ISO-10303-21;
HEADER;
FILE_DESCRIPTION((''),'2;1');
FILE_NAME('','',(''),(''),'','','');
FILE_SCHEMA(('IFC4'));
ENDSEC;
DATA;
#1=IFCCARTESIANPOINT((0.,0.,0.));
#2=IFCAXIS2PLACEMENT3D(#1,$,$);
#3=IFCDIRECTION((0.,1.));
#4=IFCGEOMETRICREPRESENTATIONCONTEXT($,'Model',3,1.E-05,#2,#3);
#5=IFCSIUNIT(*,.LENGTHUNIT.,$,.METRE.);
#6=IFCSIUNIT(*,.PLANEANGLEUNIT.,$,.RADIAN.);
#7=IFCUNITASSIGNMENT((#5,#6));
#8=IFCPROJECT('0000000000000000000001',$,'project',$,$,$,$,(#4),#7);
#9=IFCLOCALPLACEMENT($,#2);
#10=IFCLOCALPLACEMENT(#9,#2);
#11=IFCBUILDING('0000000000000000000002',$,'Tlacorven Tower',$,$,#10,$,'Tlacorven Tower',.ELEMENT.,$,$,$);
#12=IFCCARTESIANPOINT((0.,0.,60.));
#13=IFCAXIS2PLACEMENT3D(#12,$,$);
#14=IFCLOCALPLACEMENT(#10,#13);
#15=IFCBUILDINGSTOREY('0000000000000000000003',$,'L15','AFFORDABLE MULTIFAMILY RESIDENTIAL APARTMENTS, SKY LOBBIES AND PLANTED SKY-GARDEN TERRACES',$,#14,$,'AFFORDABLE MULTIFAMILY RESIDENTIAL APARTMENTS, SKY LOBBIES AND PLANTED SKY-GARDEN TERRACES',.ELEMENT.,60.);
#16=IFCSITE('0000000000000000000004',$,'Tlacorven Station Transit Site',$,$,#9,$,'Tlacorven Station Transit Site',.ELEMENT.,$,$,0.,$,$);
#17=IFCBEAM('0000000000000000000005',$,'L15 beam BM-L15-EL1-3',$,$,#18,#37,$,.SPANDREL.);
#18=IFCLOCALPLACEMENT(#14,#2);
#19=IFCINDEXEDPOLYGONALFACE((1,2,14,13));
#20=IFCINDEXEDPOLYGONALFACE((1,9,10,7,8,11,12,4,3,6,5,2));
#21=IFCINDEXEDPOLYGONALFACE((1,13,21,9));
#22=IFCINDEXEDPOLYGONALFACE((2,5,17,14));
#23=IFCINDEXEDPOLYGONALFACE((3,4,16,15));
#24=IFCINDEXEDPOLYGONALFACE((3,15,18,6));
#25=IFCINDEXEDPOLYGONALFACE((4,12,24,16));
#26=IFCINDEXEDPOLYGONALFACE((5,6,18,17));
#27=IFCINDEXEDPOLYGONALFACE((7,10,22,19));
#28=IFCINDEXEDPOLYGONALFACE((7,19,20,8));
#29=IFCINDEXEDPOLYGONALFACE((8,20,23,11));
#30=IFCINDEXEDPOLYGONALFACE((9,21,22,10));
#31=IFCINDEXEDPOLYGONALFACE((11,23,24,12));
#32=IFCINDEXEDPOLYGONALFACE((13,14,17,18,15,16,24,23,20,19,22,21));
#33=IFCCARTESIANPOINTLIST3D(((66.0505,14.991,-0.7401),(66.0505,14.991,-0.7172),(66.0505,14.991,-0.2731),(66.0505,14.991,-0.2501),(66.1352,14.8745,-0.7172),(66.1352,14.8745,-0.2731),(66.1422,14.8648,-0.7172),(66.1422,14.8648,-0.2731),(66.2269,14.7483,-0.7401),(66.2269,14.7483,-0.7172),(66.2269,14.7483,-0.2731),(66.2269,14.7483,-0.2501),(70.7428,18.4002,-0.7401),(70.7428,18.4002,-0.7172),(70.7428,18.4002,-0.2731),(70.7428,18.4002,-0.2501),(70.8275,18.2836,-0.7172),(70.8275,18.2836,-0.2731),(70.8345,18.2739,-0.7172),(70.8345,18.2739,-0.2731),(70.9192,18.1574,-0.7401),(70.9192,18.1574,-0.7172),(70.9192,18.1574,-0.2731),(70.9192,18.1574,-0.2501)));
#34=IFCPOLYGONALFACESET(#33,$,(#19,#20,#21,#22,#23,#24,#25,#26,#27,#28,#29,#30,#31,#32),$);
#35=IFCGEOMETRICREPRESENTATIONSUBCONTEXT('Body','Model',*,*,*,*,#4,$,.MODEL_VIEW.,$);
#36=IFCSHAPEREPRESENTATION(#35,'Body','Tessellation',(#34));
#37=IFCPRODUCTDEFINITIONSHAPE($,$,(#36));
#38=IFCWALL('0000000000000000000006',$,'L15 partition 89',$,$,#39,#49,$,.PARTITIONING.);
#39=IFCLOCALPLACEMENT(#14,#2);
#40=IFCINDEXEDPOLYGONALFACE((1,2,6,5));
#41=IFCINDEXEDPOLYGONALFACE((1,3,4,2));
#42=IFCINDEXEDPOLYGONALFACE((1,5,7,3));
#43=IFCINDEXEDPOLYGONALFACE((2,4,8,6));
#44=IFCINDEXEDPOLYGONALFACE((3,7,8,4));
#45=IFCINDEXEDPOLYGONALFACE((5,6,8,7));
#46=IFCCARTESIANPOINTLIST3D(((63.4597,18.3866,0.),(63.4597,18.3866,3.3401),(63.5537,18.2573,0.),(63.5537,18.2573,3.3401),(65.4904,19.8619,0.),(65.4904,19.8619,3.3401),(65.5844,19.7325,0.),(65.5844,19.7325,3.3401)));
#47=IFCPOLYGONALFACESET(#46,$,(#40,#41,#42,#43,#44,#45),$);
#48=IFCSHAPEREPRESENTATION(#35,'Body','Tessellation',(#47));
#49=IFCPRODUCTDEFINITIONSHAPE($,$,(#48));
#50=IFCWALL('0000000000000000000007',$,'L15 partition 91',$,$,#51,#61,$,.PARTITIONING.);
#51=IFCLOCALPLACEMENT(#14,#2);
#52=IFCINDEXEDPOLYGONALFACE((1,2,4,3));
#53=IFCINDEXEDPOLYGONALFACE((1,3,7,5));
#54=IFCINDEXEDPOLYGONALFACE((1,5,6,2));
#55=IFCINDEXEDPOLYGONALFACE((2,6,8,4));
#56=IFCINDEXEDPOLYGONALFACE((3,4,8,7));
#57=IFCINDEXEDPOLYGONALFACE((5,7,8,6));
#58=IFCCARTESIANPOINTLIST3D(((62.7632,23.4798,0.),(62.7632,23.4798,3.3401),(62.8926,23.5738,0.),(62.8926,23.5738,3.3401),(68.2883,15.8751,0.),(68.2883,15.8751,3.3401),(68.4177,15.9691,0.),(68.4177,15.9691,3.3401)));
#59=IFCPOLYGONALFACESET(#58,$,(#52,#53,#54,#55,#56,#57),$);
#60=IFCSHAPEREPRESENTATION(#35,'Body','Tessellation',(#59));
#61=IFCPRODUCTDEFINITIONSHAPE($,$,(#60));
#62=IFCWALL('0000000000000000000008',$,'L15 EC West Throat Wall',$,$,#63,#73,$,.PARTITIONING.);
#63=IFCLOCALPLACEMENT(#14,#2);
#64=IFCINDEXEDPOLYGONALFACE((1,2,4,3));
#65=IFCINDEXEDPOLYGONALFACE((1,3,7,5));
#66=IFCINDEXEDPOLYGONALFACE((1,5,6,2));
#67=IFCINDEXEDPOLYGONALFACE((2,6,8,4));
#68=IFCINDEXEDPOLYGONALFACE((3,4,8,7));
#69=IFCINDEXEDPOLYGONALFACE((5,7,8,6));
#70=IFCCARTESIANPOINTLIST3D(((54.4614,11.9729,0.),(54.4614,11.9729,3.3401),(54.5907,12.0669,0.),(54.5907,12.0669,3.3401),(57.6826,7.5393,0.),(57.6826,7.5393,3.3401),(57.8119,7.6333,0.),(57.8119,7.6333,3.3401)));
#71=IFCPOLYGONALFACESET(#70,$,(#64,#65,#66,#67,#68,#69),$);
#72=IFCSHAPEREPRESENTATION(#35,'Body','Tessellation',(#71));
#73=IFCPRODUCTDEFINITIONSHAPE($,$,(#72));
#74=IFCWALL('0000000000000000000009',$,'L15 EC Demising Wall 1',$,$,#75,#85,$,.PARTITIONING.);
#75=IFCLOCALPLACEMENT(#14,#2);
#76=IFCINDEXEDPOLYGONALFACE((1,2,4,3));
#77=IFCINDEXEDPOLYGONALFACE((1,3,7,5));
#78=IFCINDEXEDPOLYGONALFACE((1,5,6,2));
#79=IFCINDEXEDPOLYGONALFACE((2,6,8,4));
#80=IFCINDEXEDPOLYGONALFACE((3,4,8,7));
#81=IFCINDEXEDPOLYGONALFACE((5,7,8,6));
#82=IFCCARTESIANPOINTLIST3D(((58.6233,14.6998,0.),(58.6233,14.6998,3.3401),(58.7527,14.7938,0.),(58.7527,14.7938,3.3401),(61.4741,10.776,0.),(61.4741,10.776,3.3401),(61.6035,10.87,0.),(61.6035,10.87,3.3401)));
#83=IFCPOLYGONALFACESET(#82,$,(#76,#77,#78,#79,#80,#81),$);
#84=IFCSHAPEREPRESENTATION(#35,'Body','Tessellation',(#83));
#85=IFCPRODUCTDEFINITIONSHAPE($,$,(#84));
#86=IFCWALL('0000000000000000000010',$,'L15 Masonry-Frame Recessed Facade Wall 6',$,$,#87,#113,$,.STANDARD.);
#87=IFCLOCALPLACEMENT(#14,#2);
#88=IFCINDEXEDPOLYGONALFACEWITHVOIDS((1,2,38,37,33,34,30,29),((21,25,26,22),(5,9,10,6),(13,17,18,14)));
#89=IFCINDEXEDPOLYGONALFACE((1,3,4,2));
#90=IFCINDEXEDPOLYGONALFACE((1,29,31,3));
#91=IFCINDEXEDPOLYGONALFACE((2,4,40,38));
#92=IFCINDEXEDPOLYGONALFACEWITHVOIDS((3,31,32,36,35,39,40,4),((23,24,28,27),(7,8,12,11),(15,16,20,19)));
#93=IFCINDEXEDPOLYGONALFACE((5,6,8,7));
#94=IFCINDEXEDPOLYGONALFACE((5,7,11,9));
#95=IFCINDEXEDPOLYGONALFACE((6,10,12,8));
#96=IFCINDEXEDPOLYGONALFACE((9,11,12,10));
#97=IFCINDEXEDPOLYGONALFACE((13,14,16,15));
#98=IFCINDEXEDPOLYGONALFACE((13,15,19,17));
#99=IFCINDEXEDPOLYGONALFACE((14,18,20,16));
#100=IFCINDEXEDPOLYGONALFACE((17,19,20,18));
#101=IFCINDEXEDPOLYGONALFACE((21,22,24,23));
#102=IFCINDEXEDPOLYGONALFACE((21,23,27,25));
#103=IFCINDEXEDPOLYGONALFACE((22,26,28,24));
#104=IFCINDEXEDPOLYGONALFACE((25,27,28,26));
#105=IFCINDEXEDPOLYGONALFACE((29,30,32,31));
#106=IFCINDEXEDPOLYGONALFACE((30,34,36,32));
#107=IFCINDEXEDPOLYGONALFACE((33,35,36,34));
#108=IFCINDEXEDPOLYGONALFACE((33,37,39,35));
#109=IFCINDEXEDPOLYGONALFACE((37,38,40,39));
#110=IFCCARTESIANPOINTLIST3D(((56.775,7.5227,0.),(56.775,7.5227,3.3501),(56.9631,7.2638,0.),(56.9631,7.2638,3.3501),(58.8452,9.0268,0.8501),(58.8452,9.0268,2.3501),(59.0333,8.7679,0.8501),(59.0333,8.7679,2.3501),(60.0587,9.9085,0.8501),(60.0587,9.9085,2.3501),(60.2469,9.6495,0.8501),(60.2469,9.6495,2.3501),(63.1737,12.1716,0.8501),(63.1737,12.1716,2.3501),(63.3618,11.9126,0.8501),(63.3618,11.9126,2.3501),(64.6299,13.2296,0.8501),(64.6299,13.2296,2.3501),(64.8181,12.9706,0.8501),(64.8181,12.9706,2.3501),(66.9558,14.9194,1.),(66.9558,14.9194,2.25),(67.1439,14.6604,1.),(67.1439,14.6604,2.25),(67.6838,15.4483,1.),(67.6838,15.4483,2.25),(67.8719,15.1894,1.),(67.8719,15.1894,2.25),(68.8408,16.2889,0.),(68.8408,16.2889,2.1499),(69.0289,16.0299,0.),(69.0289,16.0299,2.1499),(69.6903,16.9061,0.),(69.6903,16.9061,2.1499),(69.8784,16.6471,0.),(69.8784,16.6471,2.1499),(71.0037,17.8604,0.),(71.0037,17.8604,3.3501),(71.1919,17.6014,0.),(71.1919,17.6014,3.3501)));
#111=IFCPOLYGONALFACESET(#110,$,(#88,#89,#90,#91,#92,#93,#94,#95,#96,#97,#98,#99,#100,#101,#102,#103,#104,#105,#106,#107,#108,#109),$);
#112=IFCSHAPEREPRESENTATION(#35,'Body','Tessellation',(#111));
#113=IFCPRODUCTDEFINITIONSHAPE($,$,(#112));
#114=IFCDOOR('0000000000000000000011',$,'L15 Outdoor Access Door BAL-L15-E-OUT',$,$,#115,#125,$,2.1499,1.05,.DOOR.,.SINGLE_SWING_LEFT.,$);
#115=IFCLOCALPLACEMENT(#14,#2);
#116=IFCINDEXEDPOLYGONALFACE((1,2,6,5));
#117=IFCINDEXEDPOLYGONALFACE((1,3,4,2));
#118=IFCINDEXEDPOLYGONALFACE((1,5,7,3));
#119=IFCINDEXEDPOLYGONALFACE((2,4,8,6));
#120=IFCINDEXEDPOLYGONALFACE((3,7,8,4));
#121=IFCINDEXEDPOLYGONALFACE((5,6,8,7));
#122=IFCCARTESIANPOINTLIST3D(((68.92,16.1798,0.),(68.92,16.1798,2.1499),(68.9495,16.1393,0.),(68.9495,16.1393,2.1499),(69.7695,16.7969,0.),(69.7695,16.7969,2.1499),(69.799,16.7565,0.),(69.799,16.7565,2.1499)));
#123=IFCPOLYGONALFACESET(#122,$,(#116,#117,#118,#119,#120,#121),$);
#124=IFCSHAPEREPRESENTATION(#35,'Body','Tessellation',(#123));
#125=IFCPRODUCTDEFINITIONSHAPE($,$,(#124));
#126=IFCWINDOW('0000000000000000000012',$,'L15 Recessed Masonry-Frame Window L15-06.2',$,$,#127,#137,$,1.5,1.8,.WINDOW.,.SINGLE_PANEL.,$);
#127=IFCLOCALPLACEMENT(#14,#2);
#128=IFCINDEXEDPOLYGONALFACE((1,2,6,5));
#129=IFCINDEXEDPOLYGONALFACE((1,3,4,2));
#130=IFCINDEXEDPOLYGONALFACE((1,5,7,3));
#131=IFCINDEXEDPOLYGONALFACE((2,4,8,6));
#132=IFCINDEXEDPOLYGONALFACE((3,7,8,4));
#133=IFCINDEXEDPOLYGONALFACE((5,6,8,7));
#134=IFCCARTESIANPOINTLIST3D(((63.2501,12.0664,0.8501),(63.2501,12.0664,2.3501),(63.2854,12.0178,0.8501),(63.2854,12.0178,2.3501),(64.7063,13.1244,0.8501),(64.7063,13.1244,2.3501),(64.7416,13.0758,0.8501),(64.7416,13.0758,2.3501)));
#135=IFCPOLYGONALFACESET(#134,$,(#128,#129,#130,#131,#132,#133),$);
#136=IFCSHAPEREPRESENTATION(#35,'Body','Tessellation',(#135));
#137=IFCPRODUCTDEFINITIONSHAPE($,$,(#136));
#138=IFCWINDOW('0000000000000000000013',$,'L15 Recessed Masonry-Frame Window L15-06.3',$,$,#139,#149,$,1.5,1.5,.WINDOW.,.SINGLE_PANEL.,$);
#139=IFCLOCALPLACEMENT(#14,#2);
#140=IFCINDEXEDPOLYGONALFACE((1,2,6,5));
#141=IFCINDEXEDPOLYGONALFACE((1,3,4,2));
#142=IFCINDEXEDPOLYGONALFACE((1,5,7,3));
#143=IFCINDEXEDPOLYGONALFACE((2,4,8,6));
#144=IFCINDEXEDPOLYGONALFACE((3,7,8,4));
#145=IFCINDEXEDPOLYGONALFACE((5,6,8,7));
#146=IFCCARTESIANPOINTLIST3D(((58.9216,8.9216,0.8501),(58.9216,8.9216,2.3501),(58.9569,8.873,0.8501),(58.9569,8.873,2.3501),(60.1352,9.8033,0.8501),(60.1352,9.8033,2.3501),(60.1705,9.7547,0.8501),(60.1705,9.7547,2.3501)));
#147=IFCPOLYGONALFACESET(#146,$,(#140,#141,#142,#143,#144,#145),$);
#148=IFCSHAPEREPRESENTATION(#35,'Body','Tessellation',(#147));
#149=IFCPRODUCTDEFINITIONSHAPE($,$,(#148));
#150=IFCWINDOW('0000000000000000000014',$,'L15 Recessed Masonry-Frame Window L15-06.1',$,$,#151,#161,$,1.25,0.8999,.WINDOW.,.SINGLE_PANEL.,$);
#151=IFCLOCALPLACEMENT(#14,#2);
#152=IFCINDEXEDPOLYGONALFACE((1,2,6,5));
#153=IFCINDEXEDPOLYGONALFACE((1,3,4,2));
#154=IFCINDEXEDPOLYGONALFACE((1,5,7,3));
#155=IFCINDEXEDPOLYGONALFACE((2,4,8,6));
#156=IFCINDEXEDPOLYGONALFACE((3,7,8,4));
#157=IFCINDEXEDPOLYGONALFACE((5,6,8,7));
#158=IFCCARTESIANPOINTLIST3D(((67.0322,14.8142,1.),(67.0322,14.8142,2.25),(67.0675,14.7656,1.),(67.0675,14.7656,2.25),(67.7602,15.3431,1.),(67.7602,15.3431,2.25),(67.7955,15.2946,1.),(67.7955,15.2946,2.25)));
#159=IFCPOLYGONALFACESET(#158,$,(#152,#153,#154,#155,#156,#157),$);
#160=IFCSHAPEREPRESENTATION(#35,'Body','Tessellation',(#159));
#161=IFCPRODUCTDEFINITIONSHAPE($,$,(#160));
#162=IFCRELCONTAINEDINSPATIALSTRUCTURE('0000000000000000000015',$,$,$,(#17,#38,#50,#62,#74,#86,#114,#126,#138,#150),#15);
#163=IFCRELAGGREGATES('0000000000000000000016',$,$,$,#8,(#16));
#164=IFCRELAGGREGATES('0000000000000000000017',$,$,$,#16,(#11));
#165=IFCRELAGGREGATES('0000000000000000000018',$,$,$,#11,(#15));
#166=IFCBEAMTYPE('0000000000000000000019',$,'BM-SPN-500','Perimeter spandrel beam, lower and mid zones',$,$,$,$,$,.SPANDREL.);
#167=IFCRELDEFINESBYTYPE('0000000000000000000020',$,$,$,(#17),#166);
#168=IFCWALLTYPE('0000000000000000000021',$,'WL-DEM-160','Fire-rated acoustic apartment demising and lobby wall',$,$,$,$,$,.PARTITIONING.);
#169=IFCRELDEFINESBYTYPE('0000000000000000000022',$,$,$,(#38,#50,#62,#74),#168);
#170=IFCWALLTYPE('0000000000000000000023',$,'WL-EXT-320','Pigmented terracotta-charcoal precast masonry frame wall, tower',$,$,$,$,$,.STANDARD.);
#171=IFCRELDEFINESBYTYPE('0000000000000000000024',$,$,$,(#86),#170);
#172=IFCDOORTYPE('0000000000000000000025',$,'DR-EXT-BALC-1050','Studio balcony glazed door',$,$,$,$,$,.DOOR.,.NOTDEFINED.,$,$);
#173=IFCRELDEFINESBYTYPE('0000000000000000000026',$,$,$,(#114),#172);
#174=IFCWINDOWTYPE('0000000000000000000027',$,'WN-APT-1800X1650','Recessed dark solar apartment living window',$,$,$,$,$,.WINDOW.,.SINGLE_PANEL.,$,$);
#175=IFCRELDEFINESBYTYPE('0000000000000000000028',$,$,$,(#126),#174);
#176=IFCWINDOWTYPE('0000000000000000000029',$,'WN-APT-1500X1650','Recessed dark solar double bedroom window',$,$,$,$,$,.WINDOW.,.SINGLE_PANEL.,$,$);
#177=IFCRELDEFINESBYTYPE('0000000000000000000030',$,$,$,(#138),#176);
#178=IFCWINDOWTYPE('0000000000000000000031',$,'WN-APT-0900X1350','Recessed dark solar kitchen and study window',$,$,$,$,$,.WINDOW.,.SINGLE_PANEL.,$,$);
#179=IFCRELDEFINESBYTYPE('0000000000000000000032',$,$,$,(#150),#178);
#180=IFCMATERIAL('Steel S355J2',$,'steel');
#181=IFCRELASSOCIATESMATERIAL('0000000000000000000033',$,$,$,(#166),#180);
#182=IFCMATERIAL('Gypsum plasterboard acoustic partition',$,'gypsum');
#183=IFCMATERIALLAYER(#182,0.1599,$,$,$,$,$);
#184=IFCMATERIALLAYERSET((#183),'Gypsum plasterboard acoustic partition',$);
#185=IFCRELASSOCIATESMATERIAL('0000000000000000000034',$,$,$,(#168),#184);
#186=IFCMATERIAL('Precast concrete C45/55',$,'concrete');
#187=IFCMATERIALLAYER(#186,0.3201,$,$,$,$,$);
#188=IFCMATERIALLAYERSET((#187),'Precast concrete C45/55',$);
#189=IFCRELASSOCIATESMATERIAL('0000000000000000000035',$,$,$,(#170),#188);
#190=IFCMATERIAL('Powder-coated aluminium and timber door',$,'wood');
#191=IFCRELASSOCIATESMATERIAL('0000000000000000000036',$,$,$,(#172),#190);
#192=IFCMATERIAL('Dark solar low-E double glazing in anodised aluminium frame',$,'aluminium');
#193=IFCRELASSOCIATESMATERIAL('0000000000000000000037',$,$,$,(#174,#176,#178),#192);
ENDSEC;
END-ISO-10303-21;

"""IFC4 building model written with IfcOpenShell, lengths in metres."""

from ifc_helpers import new_model, si_unit, direction, frame, frame_2d, origin, origin_2d, place, context, subcontext, project, spatial, rectangle, i_section, extrude, source, transform, mapped, material, layer, layer_set, material_profile, profile_set, type_object, element, fill, save


model = new_model("IFC4")

# Units and contexts
model_context = context("Model", 3, precision=1e-05, world=origin(), true_north=direction((0.0, 1.0)))
body_context = subcontext(model_context, "Body", "Model", "MODEL_VIEW")
ifc_project = project(units=[si_unit("LENGTHUNIT", "METRE"), si_unit("PLANEANGLEUNIT", "RADIAN")], contexts=[model_context])

# Site, building, storey
site_placement = place(None, origin())
site = spatial("IfcSite", under=ifc_project, at=site_placement, Name="Tlacorven Station Transit Site", LongName="Tlacorven Station Transit Site", CompositionType="ELEMENT", RefElevation=0.0)
building_placement = place(site_placement, origin())
building = spatial("IfcBuilding", under=site, at=building_placement, Name="Tlacorven Tower", LongName="Tlacorven Tower", CompositionType="ELEMENT")
storey_placement = place(building_placement, frame((0.0, 0.0, 60.0)))
storey = spatial("IfcBuildingStorey", under=building, at=storey_placement, Name="L15", Description="AFFORDABLE MULTIFAMILY RESIDENTIAL APARTMENTS, SKY LOBBIES AND PLANTED SKY-GARDEN TERRACES", LongName="AFFORDABLE MULTIFAMILY RESIDENTIAL APARTMENTS, SKY LOBBIES AND PLANTED SKY-GARDEN TERRACES", CompositionType="ELEMENT", Elevation=60.0)

# Beam
ifc_material_1 = material(Name="Steel S355J2", Category="steel")
ifc_material_profile_1 = material_profile(ifc_material_1, i_section(OverallWidth=0.3, OverallDepth=0.49, WebThickness=0.012, FlangeThickness=0.0229, at=origin_2d()), Name="HEA 500")
ifc_profile_set_1 = profile_set([ifc_material_profile_1], Name="Steel S355J2")
beam_type_1 = type_object("IfcBeamType", Name="BM-SPN-500", Description="Perimeter spandrel beam, lower and mid zones", PredefinedType="SPANDREL", material=ifc_profile_set_1)
shared_shape_1 = source(origin(), body_context, "Body", "SweptSolid", [
    extrude(i_section(OverallWidth=0.3, OverallDepth=0.49, WebThickness=0.012, FlangeThickness=0.0229, at=origin_2d()), origin(), (0.0, 0.0, 1.0), 5.8),
])
beam_1_placement = place(storey_placement, frame((66.1387, 14.8696, -0.4951), z_axis=(0.80902, 0.587781, 0.0), x_axis=(-0.587781, 0.80902, 0.0)))
element("IfcBeam", 1, at=beam_1_placement, inside=storey, type_object=beam_type_1, Name="L15 beam BM-L15-EL1-3", PredefinedType="SPANDREL", context=body_context, shape_type="MappedRepresentation", body=[
    mapped(shared_shape_1, transform((0.0, 0.0, 0.0), scale=1.0)),
])

# Walls
ifc_material_2 = material(Name="Gypsum plasterboard acoustic partition", Category="gypsum")
ifc_layer_1 = layer(ifc_material_2, 0.1599)
ifc_layer_set_1 = layer_set([ifc_layer_1], Name="Gypsum plasterboard acoustic partition")
wall_type_1 = type_object("IfcWallType", Name="WL-DEM-160", Description="Fire-rated acoustic apartment demising and lobby wall", PredefinedType="PARTITIONING", material=ifc_layer_set_1)
wall_1_placement = place(storey_placement, frame((63.5068, 18.322, 0.0), z_axis=(0.0, 0.0, 1.0), x_axis=(0.809035, 0.587761, 0.0)))
element("IfcWall", 2, at=wall_1_placement, inside=storey, type_object=wall_type_1, Name="L15 partition 89", PredefinedType="PARTITIONING", context=body_context, shape_type="SweptSolid", body=[
    extrude(rectangle(XDim=2.51, YDim=0.1599, at=frame_2d((1.2549, 0.0))), origin(), (0.0, 0.0, 1.0), 3.3401),
])
wall_2_placement = place(storey_placement, frame((68.353, 15.9221, 0.0), z_axis=(0.0, 0.0, 1.0), x_axis=(-0.587784, 0.809018, 0.0)))
element("IfcWall", 3, at=wall_2_placement, inside=storey, type_object=wall_type_1, Name="L15 partition 91", PredefinedType="PARTITIONING", context=body_context, shape_type="SweptSolid", body=[
    extrude(rectangle(XDim=9.3999, YDim=0.1599, at=frame_2d((4.7, 0.0))), origin(), (0.0, 0.0, 1.0), 3.3401),
])
wall_3_placement = place(storey_placement, frame((57.7473, 7.5862, 0.0), z_axis=(0.0, 0.0, 1.0), x_axis=(-0.587785, 0.809017, 0.0)))
element("IfcWall", 4, at=wall_3_placement, inside=storey, type_object=wall_type_1, Name="L15 EC West Throat Wall", PredefinedType="PARTITIONING", context=body_context, shape_type="SweptSolid", body=[
    extrude(rectangle(XDim=5.4802, YDim=0.1599, at=frame_2d((2.7402, 0.0))), origin(), (0.0, 0.0, 1.0), 3.3401),
])
wall_4_placement = place(storey_placement, frame((61.5388, 10.823, 0.0), z_axis=(0.0, 0.0, 1.0), x_axis=(-0.587786, 0.809017, 0.0)))
element("IfcWall", 5, at=wall_4_placement, inside=storey, type_object=wall_type_1, Name="L15 EC Demising Wall 1", PredefinedType="PARTITIONING", context=body_context, shape_type="SweptSolid", body=[
    extrude(rectangle(XDim=4.8501, YDim=0.1599, at=frame_2d((2.425, 0.0))), origin(), (0.0, 0.0, 1.0), 3.3401),
])

# Wall, openings, door, windows
ifc_material_3 = material(Name="Precast concrete C45/55", Category="concrete")
ifc_layer_2 = layer(ifc_material_3, 0.3201)
ifc_layer_set_2 = layer_set([ifc_layer_2], Name="Precast concrete C45/55")
wall_type_2 = type_object("IfcWallType", Name="WL-EXT-320", Description="Pigmented terracotta-charcoal precast masonry frame wall, tower", PredefinedType="STANDARD", material=ifc_layer_set_2)
wall_5_placement = place(storey_placement, frame((71.0979, 17.731, 0.0), z_axis=(0.0, 0.0, 1.0), x_axis=(-0.809021, -0.58778, 0.0)))
wall_5 = element("IfcWall", 6, at=wall_5_placement, inside=storey, type_object=wall_type_2, Name="L15 Masonry-Frame Recessed Facade Wall 6", PredefinedType="STANDARD", context=body_context, shape_type="SweptSolid", body=[
    extrude(rectangle(XDim=17.5876, YDim=0.3201, at=frame_2d((8.7939, 0.0))), origin(), (0.0, 0.0, 1.0), 3.3501),
])
opening_1_placement = place(wall_5_placement, frame((1.6238, 0.0, 0.0)))
opening_1 = element("IfcOpeningElement", 7, at=opening_1_placement, cuts=wall_5, PredefinedType="OPENING", context=body_context, shape_type="SweptSolid", body=[
    extrude(rectangle(XDim=1.05, YDim=2.1499, at=frame_2d((0.5249, 1.075))), frame((0.0, 0.1699, 0.0), z_axis=(0.0, -1.0, 0.0), x_axis=(1.0, 0.0, 0.0)), (0.0, 0.0, 1.0), 0.3401),
])
opening_2_placement = place(wall_5_placement, frame((4.1038, 0.0, 1.0)))
opening_2 = element("IfcOpeningElement", 8, at=opening_2_placement, cuts=wall_5, PredefinedType="OPENING", context=body_context, shape_type="SweptSolid", body=[
    extrude(rectangle(XDim=0.8999, YDim=1.25, at=frame_2d((0.45, 0.625))), frame((0.0, 0.1699, 0.0), z_axis=(0.0, -1.0, 0.0), x_axis=(1.0, 0.0, 0.0)), (0.0, 0.0, 1.0), 0.3401),
])
opening_3_placement = place(wall_5_placement, frame((7.8787, 0.0, 0.8501)))
opening_3 = element("IfcOpeningElement", 9, at=opening_3_placement, cuts=wall_5, PredefinedType="OPENING", context=body_context, shape_type="SweptSolid", body=[
    extrude(rectangle(XDim=1.8, YDim=1.5, at=frame_2d((0.8999, 0.75))), frame((0.0, 0.1699, 0.0), z_axis=(0.0, -1.0, 0.0), x_axis=(1.0, 0.0, 0.0)), (0.0, 0.0, 1.0), 0.3401),
])
opening_4_placement = place(wall_5_placement, frame((13.5288, 0.0, 0.8501)))
opening_4 = element("IfcOpeningElement", 10, at=opening_4_placement, cuts=wall_5, PredefinedType="OPENING", context=body_context, shape_type="SweptSolid", body=[
    extrude(rectangle(XDim=1.5, YDim=1.5, at=frame_2d((0.75, 0.75))), frame((0.0, 0.1699, 0.0), z_axis=(0.0, -1.0, 0.0), x_axis=(1.0, 0.0, 0.0)), (0.0, 0.0, 1.0), 0.3401),
])
ifc_material_4 = material(Name="Powder-coated aluminium and timber door", Category="wood")
door_type = type_object("IfcDoorType", Name="DR-EXT-BALC-1050", Description="Studio balcony glazed door", OperationType="NOTDEFINED", PredefinedType="DOOR", material=ifc_material_4)
shared_shape_2 = source(origin(), body_context, "Body", "SweptSolid", [
    extrude(rectangle(XDim=1.05, YDim=2.1499, at=frame_2d((0.5249, 1.075))), frame((0.0, 0.0249, 0.0), z_axis=(0.0, -1.0, 0.0), x_axis=(1.0, 0.0, 0.0)), (0.0, 0.0, 1.0), 0.05),
])
door_placement = place(opening_1_placement, origin())
door = element("IfcDoor", 11, at=door_placement, inside=storey, type_object=door_type, Name="L15 Outdoor Access Door BAL-L15-E-OUT", OperationType="SINGLE_SWING_LEFT", OverallHeight=2.1499, OverallWidth=1.05, PredefinedType="DOOR", context=body_context, shape_type="MappedRepresentation", body=[
    mapped(shared_shape_2, transform((0.0, 0.0, 0.0), scale=1.0)),
])
fill(opening_1, door)
ifc_material_5 = material(Name="Dark solar low-E double glazing in anodised aluminium frame", Category="aluminium")
window_type_1 = type_object("IfcWindowType", Name="WN-APT-1800X1650", Description="Recessed dark solar apartment living window", PartitioningType="SINGLE_PANEL", PredefinedType="WINDOW", material=ifc_material_5)
shared_shape_3 = source(origin(), body_context, "Body", "SweptSolid", [
    extrude(rectangle(XDim=1.8, YDim=1.5, at=frame_2d((0.8999, 0.75))), frame((0.0, 0.03, 0.0), z_axis=(0.0, -1.0, 0.0), x_axis=(1.0, 0.0, 0.0)), (0.0, 0.0, 1.0), 0.0601),
])
window_1_placement = place(opening_3_placement, origin())
window_1 = element("IfcWindow", 12, at=window_1_placement, inside=storey, type_object=window_type_1, Name="L15 Recessed Masonry-Frame Window L15-06.2", OverallHeight=1.5, OverallWidth=1.8, PartitioningType="SINGLE_PANEL", PredefinedType="WINDOW", context=body_context, shape_type="MappedRepresentation", body=[
    mapped(shared_shape_3, transform((0.0, 0.0, 0.0), scale=1.0)),
])
fill(opening_3, window_1)
window_type_2 = type_object("IfcWindowType", Name="WN-APT-1500X1650", Description="Recessed dark solar double bedroom window", PartitioningType="SINGLE_PANEL", PredefinedType="WINDOW", material=ifc_material_5)
shared_shape_4 = source(origin(), body_context, "Body", "SweptSolid", [
    extrude(rectangle(XDim=1.5, YDim=1.5, at=frame_2d((0.75, 0.75))), frame((0.0, 0.03, 0.0), z_axis=(0.0, -1.0, 0.0), x_axis=(1.0, 0.0, 0.0)), (0.0, 0.0, 1.0), 0.0601),
])
window_2_placement = place(opening_4_placement, origin())
window_2 = element("IfcWindow", 13, at=window_2_placement, inside=storey, type_object=window_type_2, Name="L15 Recessed Masonry-Frame Window L15-06.3", OverallHeight=1.5, OverallWidth=1.5, PartitioningType="SINGLE_PANEL", PredefinedType="WINDOW", context=body_context, shape_type="MappedRepresentation", body=[
    mapped(shared_shape_4, transform((0.0, 0.0, 0.0), scale=1.0)),
])
fill(opening_4, window_2)
window_type_3 = type_object("IfcWindowType", Name="WN-APT-0900X1350", Description="Recessed dark solar kitchen and study window", PartitioningType="SINGLE_PANEL", PredefinedType="WINDOW", material=ifc_material_5)
shared_shape_5 = source(origin(), body_context, "Body", "SweptSolid", [
    extrude(rectangle(XDim=0.8999, YDim=1.25, at=frame_2d((0.45, 0.625))), frame((0.0, 0.03, 0.0), z_axis=(0.0, -1.0, 0.0), x_axis=(1.0, 0.0, 0.0)), (0.0, 0.0, 1.0), 0.0601),
])
window_3_placement = place(opening_2_placement, origin())
window_3 = element("IfcWindow", 14, at=window_3_placement, inside=storey, type_object=window_type_3, Name="L15 Recessed Masonry-Frame Window L15-06.1", OverallHeight=1.25, OverallWidth=0.8999, PartitioningType="SINGLE_PANEL", PredefinedType="WINDOW", context=body_context, shape_type="MappedRepresentation", body=[
    mapped(shared_shape_5, transform((0.0, 0.0, 0.0), scale=1.0)),
])
fill(opening_2, window_3)

save(model, "model.ifc")
